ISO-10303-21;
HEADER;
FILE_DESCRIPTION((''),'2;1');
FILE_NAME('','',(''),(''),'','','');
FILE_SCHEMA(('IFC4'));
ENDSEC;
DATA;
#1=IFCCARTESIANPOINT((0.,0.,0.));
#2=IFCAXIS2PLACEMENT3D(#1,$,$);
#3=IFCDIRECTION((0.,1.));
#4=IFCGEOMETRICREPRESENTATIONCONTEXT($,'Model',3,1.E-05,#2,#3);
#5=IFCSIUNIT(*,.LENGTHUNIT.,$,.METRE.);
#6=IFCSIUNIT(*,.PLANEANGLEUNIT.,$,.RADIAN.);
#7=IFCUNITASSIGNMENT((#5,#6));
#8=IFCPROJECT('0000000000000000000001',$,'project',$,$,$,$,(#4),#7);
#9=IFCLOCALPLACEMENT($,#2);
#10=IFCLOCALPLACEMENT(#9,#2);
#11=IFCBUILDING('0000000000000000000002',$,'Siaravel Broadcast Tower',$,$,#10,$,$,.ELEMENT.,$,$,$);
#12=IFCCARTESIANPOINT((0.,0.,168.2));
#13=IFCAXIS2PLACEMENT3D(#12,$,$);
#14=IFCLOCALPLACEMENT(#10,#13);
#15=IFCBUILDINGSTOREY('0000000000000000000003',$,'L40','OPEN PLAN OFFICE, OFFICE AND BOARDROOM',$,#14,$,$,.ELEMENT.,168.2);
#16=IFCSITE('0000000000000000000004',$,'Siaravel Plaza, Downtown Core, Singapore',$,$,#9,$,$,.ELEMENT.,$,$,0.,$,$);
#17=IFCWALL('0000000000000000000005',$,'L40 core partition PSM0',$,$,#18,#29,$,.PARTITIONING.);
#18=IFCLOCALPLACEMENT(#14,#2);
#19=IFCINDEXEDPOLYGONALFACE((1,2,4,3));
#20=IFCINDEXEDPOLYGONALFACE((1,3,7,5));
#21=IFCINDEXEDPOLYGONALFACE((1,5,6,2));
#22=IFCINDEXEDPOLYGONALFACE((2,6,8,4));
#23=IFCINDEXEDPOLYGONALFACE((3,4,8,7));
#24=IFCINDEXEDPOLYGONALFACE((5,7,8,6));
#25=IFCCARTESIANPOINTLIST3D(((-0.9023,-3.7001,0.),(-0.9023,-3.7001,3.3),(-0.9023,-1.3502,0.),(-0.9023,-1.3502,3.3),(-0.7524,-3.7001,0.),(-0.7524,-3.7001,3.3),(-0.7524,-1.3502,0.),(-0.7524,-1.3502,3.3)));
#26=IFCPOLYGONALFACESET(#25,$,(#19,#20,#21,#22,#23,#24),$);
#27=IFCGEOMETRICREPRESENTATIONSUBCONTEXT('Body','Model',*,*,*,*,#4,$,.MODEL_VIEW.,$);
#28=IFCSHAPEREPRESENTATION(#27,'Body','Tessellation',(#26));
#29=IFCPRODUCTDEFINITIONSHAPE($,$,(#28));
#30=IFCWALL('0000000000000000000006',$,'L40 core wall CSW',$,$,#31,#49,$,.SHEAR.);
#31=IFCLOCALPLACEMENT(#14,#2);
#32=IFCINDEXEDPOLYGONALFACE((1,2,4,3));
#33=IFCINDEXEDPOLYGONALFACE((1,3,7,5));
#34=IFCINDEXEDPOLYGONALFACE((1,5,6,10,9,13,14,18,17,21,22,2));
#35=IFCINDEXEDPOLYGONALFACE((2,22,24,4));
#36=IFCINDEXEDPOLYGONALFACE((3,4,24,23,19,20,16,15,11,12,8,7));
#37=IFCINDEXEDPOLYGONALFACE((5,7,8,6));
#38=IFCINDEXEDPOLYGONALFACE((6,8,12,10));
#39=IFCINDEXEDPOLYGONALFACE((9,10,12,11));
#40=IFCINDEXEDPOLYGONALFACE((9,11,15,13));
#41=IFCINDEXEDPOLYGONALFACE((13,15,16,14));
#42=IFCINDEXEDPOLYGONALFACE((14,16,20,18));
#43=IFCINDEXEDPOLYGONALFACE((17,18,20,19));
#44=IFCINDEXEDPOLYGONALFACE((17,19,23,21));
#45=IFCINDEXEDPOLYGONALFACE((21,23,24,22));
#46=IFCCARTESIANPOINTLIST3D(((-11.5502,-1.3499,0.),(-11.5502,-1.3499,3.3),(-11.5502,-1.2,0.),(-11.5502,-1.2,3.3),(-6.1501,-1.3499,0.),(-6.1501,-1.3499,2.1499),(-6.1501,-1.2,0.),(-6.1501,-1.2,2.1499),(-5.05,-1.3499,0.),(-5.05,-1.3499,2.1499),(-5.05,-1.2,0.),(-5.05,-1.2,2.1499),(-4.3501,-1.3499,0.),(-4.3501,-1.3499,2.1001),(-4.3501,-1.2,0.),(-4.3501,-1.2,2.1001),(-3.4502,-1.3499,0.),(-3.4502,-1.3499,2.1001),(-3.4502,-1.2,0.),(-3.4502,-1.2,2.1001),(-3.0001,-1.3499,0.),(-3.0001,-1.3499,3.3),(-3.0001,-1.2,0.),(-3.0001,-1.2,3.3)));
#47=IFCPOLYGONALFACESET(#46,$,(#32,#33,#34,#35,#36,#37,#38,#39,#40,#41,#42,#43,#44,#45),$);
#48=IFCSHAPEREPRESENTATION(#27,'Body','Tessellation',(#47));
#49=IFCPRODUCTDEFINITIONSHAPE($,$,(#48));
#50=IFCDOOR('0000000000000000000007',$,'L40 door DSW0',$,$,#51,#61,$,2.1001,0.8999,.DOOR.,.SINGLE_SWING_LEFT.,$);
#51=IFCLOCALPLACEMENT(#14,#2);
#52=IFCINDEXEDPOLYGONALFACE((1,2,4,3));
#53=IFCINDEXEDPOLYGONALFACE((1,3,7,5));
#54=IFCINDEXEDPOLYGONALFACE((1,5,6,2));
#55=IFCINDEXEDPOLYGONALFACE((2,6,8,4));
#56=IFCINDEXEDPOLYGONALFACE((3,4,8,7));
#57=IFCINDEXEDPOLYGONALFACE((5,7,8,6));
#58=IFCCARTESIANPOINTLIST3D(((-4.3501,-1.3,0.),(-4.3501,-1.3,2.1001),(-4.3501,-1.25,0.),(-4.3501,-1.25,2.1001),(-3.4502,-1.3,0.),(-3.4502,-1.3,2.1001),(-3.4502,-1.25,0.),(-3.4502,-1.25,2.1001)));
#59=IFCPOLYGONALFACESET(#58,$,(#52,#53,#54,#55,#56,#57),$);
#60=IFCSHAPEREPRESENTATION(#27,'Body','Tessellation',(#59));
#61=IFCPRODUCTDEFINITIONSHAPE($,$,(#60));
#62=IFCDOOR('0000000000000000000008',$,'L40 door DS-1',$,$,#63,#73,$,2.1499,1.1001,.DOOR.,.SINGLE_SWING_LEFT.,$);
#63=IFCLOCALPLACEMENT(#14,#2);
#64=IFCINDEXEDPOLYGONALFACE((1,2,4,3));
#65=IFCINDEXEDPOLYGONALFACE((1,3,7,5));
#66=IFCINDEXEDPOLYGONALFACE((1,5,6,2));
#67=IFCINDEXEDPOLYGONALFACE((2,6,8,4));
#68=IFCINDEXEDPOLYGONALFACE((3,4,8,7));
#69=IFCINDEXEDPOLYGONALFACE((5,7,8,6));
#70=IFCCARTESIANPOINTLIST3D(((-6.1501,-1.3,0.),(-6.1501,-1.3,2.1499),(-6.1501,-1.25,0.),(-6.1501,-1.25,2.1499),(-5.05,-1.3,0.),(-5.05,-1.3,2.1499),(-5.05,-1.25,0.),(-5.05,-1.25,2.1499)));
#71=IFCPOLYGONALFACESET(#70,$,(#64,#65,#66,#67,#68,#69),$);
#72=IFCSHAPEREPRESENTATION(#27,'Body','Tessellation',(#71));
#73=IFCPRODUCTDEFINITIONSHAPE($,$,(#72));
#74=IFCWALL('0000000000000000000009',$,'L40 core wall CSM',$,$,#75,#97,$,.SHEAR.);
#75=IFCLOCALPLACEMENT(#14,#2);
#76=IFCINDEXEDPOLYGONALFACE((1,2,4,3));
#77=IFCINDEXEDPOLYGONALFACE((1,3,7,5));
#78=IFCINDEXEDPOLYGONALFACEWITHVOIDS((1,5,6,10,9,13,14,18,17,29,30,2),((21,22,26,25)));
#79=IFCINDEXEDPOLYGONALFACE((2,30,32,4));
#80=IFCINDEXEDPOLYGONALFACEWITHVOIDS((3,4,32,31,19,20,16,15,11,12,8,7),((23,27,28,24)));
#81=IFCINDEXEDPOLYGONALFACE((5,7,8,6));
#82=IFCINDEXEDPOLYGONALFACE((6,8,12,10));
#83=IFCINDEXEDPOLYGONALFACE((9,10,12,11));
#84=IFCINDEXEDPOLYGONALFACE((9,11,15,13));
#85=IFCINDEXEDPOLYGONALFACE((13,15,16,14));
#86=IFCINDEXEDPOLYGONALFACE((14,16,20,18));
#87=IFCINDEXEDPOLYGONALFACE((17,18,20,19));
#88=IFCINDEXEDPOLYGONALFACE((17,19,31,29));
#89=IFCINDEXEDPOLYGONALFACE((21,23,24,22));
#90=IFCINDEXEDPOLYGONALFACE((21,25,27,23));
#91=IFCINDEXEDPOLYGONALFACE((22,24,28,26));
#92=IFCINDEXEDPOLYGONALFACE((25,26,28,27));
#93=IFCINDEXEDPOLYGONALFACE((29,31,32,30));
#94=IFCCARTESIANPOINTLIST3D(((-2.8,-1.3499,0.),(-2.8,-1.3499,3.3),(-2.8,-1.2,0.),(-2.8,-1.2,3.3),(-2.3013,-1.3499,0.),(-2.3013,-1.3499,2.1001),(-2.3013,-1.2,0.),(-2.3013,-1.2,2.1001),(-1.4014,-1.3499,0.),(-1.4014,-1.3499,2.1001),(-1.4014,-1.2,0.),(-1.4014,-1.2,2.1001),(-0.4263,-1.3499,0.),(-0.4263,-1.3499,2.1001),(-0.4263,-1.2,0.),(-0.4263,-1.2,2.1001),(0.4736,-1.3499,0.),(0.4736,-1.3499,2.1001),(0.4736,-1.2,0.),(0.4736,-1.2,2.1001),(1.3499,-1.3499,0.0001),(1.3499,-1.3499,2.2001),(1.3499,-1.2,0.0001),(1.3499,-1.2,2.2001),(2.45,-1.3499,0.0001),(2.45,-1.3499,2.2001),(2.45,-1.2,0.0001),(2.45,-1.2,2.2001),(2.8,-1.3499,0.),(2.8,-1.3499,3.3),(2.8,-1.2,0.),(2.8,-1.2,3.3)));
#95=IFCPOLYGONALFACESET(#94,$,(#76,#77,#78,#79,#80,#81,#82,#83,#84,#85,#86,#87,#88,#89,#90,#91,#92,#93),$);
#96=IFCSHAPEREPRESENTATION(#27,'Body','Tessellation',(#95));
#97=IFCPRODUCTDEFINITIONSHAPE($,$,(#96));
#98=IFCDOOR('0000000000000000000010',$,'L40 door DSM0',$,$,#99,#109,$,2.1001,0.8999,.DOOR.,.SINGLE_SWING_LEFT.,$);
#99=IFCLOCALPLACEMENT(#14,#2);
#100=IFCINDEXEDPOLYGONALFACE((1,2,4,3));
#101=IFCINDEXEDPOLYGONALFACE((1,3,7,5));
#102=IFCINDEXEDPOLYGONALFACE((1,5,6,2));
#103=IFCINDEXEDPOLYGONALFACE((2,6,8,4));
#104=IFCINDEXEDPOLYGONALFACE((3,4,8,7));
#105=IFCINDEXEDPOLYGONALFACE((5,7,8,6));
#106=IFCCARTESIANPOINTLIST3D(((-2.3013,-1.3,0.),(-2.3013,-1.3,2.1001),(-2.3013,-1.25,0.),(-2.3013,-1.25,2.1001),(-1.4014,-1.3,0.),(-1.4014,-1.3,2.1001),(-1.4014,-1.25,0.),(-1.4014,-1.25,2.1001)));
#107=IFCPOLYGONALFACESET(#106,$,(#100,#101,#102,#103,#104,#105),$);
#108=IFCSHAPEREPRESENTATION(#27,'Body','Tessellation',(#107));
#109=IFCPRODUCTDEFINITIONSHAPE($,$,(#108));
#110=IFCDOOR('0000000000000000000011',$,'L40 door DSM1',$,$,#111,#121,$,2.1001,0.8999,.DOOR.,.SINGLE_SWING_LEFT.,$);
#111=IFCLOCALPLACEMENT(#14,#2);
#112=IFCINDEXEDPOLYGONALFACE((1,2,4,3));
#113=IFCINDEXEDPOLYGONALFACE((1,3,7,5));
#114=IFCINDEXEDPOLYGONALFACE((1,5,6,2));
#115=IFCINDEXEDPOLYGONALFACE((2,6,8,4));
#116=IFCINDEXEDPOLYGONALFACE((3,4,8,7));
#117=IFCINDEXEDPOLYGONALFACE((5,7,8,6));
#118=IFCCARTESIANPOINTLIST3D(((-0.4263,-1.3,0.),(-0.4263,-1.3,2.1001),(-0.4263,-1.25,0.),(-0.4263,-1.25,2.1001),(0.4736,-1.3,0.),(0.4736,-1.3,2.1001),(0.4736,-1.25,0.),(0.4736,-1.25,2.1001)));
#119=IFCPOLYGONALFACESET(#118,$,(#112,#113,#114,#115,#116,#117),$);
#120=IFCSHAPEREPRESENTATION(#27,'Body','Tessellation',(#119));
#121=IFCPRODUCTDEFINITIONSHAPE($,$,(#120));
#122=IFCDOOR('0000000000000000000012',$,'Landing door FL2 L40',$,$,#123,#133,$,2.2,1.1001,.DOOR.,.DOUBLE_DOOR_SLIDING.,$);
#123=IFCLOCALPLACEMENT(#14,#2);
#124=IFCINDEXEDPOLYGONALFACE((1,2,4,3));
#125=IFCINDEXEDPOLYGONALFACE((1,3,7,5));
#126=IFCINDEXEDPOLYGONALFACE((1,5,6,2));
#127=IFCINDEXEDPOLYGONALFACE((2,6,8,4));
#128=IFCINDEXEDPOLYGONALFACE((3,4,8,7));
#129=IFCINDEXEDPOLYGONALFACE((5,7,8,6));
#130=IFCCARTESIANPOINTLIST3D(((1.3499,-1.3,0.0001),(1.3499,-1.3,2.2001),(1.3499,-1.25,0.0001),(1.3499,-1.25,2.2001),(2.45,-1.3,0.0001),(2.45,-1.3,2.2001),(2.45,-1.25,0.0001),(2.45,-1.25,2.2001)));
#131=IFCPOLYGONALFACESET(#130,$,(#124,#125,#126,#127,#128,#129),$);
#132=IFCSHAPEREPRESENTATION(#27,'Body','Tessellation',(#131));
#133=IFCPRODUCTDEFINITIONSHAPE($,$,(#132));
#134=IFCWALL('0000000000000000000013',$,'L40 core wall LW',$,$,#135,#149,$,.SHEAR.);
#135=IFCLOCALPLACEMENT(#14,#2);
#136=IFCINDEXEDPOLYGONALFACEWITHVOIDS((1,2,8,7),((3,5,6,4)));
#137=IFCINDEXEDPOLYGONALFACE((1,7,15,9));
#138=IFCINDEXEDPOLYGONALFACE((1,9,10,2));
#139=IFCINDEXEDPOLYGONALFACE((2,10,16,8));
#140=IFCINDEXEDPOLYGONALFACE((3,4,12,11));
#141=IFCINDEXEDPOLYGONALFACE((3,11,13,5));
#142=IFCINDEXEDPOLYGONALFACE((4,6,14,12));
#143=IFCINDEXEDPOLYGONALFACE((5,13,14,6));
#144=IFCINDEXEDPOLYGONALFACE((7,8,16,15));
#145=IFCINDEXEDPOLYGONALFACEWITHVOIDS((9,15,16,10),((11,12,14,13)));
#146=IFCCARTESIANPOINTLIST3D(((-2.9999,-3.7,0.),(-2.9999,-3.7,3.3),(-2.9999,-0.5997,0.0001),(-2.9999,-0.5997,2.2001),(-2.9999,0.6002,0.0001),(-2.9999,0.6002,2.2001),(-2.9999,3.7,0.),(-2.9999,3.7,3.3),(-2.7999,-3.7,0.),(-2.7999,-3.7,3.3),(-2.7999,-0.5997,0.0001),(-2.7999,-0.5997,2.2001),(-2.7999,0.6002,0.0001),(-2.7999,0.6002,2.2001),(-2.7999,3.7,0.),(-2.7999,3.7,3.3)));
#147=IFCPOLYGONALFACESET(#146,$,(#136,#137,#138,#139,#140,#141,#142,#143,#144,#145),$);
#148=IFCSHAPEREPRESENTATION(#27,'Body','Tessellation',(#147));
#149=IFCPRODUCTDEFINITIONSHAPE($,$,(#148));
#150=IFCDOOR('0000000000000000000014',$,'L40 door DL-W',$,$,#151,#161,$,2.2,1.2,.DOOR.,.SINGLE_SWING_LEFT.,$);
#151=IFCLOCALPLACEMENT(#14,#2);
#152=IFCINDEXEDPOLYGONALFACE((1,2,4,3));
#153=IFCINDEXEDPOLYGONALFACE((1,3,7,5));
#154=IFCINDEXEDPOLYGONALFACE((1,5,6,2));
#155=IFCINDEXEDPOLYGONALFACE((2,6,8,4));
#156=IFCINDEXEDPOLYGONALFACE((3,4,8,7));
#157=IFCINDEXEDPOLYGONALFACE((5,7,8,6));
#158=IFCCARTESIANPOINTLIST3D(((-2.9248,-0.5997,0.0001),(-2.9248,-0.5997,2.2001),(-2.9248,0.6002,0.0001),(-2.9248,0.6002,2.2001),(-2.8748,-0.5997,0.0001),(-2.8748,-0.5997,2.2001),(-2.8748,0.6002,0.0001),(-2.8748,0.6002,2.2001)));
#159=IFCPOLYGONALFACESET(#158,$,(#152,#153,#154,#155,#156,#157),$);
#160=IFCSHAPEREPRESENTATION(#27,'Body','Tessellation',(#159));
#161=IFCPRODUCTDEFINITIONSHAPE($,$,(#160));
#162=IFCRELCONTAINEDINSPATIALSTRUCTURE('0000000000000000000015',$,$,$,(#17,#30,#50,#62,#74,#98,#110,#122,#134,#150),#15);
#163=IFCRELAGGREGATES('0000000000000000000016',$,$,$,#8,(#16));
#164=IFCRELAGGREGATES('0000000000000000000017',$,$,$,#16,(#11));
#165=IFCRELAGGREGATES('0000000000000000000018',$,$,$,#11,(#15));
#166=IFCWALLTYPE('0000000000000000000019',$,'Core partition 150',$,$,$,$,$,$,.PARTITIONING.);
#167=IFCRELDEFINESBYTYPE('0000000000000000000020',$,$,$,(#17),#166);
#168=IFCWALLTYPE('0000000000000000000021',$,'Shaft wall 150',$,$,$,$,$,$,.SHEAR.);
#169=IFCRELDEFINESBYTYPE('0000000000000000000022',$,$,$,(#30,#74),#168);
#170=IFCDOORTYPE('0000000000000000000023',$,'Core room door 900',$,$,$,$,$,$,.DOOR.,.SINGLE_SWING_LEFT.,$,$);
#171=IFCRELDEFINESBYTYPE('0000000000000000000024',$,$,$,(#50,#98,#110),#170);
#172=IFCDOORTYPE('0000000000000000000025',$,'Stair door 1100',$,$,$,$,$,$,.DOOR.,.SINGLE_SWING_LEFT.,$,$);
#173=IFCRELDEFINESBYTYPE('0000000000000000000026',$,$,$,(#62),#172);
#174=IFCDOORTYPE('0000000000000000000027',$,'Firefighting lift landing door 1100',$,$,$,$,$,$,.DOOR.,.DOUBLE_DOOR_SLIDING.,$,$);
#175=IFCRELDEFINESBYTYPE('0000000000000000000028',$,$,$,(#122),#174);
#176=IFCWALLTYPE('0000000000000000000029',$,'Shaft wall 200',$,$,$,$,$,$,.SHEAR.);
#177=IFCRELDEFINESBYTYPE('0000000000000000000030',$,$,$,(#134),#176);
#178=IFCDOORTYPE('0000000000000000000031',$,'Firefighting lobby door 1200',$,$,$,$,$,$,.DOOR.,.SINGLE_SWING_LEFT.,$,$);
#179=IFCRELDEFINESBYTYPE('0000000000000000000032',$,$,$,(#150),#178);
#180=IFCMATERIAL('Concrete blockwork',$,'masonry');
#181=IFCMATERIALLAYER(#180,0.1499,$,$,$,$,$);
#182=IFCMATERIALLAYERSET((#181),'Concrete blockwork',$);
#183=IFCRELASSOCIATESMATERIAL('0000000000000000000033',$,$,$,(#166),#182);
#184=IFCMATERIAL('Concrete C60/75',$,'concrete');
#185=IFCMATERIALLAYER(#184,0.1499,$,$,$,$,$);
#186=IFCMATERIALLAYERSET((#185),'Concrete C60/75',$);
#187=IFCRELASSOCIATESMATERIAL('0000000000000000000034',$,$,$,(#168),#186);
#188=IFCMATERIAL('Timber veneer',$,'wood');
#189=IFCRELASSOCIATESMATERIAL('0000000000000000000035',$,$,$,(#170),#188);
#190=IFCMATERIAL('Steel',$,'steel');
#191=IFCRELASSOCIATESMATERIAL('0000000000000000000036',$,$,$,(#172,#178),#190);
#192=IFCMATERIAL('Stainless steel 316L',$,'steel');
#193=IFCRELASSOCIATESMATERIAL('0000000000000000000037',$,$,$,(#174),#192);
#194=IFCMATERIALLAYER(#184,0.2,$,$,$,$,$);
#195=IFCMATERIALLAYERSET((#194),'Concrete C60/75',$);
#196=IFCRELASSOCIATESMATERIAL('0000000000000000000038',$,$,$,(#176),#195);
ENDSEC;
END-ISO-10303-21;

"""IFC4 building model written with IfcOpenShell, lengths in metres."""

from ifc_helpers import new_model, si_unit, direction, frame, frame_2d, origin, place, context, subcontext, project, spatial, rectangle, extrude, material, layer, layer_set, type_object, element, fill, save


model = new_model("IFC4")

# Units and contexts
model_context = context("Model", 3, precision=1e-05, world=origin(), true_north=direction((0.0, 1.0)))
body_context = subcontext(model_context, "Body", "Model", "MODEL_VIEW")
ifc_project = project(units=[si_unit("LENGTHUNIT", "METRE"), si_unit("PLANEANGLEUNIT", "RADIAN")], contexts=[model_context])

# Site, building, storey
site_placement = place(None, origin())
site = spatial("IfcSite", under=ifc_project, at=site_placement, Name="Siaravel Plaza, Downtown Core, Singapore", CompositionType="ELEMENT", RefElevation=0.0)
building_placement = place(site_placement, origin())
building = spatial("IfcBuilding", under=site, at=building_placement, Name="Siaravel Broadcast Tower", CompositionType="ELEMENT")
storey_placement = place(building_placement, frame((0.0, 0.0, 168.2)))
storey = spatial("IfcBuildingStorey", under=building, at=storey_placement, Name="L40", Description="OPEN PLAN OFFICE, OFFICE AND BOARDROOM", CompositionType="ELEMENT", Elevation=168.2)

# Wall
ifc_material_1 = material(Name="Concrete blockwork", Category="masonry")
ifc_layer_1 = layer(ifc_material_1, 0.1499)
ifc_layer_set_1 = layer_set([ifc_layer_1], Name="Concrete blockwork")
wall_type_1 = type_object("IfcWallType", Name="Core partition 150", PredefinedType="PARTITIONING", material=ifc_layer_set_1)
wall_1_placement = place(storey_placement, frame((-0.8274, -3.7, 0.0), z_axis=(0.0, 0.0, 1.0), x_axis=(0.0, 1.0, 0.0)))
element("IfcWall", 1, at=wall_1_placement, inside=storey, type_object=wall_type_1, Name="L40 core partition PSM0", PredefinedType="PARTITIONING", context=body_context, shape_type="SweptSolid", body=[
    extrude(rectangle(XDim=2.3499, YDim=0.1499, at=frame_2d((1.1748, 0.0))), origin(), (0.0, 0.0, 1.0), 3.3),
])

# Walls, openings, doors
ifc_material_2 = material(Name="Concrete C60/75", Category="concrete")
ifc_layer_2 = layer(ifc_material_2, 0.1499)
ifc_layer_set_2 = layer_set([ifc_layer_2], Name="Concrete C60/75")
wall_type_2 = type_object("IfcWallType", Name="Shaft wall 150", PredefinedType="SHEAR", material=ifc_layer_set_2)
wall_2_placement = place(storey_placement, frame((-11.55, -1.2749, 0.0), z_axis=(0.0, 0.0, 1.0), x_axis=(1.0, 0.0, 0.0)))
wall_2 = element("IfcWall", 2, at=wall_2_placement, inside=storey, type_object=wall_type_2, Name="L40 core wall CSW", PredefinedType="SHEAR", context=body_context, shape_type="SweptSolid", body=[
    extrude(rectangle(XDim=8.55, YDim=0.1499, at=frame_2d((4.2749, 0.0))), origin(), (0.0, 0.0, 1.0), 3.3),
])
opening_1_placement = place(wall_2_placement, frame((5.3999, 0.0, 0.0)))
opening_1 = element("IfcOpeningElement", 3, at=opening_1_placement, cuts=wall_2, PredefinedType="OPENING", context=body_context, shape_type="SweptSolid", body=[
    extrude(rectangle(XDim=1.1001, YDim=2.1499, at=frame_2d((0.55, 1.075))), frame((0.0, 0.085, 0.0), z_axis=(0.0, -1.0, 0.0), x_axis=(1.0, 0.0, 0.0)), (0.0, 0.0, 1.0), 0.1699),
])
opening_2_placement = place(wall_2_placement, frame((7.2, 0.0, 0.0)))
opening_2 = element("IfcOpeningElement", 4, at=opening_2_placement, cuts=wall_2, PredefinedType="OPENING", context=body_context, shape_type="SweptSolid", body=[
    extrude(rectangle(XDim=0.8999, YDim=2.1001, at=frame_2d((0.45, 1.05))), frame((0.0, 0.085, 0.0), z_axis=(0.0, -1.0, 0.0), x_axis=(1.0, 0.0, 0.0)), (0.0, 0.0, 1.0), 0.1699),
])
ifc_material_3 = material(Name="Timber veneer", Category="wood")
door_type_1 = type_object("IfcDoorType", Name="Core room door 900", OperationType="SINGLE_SWING_LEFT", PredefinedType="DOOR", material=ifc_material_3)
door_1_placement = place(opening_2_placement, origin())
door_1 = element("IfcDoor", 5, at=door_1_placement, inside=storey, type_object=door_type_1, Name="L40 door DSW0", OperationType="SINGLE_SWING_LEFT", OverallHeight=2.1001, OverallWidth=0.8999, PredefinedType="DOOR", context=body_context, shape_type="SweptSolid", body=[
    extrude(rectangle(XDim=0.8999, YDim=2.1001, at=frame_2d((0.45, 1.05))), frame((0.0, 0.0249, 0.0), z_axis=(0.0, -1.0, 0.0), x_axis=(1.0, 0.0, 0.0)), (0.0, 0.0, 1.0), 0.05),
])
fill(opening_2, door_1)
ifc_material_4 = material(Name="Steel", Category="steel")
door_type_2 = type_object("IfcDoorType", Name="Stair door 1100", OperationType="SINGLE_SWING_LEFT", PredefinedType="DOOR", material=ifc_material_4)
door_2_placement = place(opening_1_placement, origin())
door_2 = element("IfcDoor", 6, at=door_2_placement, inside=storey, type_object=door_type_2, Name="L40 door DS-1", OperationType="SINGLE_SWING_LEFT", OverallHeight=2.1499, OverallWidth=1.1001, PredefinedType="DOOR", context=body_context, shape_type="SweptSolid", body=[
    extrude(rectangle(XDim=1.1001, YDim=2.1499, at=frame_2d((0.55, 1.075))), frame((0.0, 0.0249, 0.0), z_axis=(0.0, -1.0, 0.0), x_axis=(1.0, 0.0, 0.0)), (0.0, 0.0, 1.0), 0.05),
])
fill(opening_1, door_2)
wall_3_placement = place(storey_placement, frame((-2.8, -1.2749, 0.0), z_axis=(0.0, 0.0, 1.0), x_axis=(1.0, 0.0, 0.0)))
wall_3 = element("IfcWall", 7, at=wall_3_placement, inside=storey, type_object=wall_type_2, Name="L40 core wall CSM", PredefinedType="SHEAR", context=body_context, shape_type="SweptSolid", body=[
    extrude(rectangle(XDim=5.6001, YDim=0.1499, at=frame_2d((2.8, 0.0))), origin(), (0.0, 0.0, 1.0), 3.3),
])
opening_3_placement = place(wall_3_placement, frame((4.1499, 0.0, 0.0)))
opening_3 = element("IfcOpeningElement", 8, at=opening_3_placement, cuts=wall_3, PredefinedType="OPENING", context=body_context, shape_type="SweptSolid", body=[
    extrude(rectangle(XDim=1.1001, YDim=2.2, at=frame_2d((0.55, 1.1001))), frame((0.0, 0.085, 0.0), z_axis=(0.0, -1.0, 0.0), x_axis=(1.0, 0.0, 0.0)), (0.0, 0.0, 1.0), 0.1699),
])
opening_4_placement = place(wall_3_placement, frame((0.4988, 0.0, 0.0)))
opening_4 = element("IfcOpeningElement", 9, at=opening_4_placement, cuts=wall_3, PredefinedType="OPENING", context=body_context, shape_type="SweptSolid", body=[
    extrude(rectangle(XDim=0.8999, YDim=2.1001, at=frame_2d((0.45, 1.05))), frame((0.0, 0.085, 0.0), z_axis=(0.0, -1.0, 0.0), x_axis=(1.0, 0.0, 0.0)), (0.0, 0.0, 1.0), 0.1699),
])
opening_5_placement = place(wall_3_placement, frame((2.3738, 0.0, 0.0)))
opening_5 = element("IfcOpeningElement", 10, at=opening_5_placement, cuts=wall_3, PredefinedType="OPENING", context=body_context, shape_type="SweptSolid", body=[
    extrude(rectangle(XDim=0.8999, YDim=2.1001, at=frame_2d((0.45, 1.05))), frame((0.0, 0.085, 0.0), z_axis=(0.0, -1.0, 0.0), x_axis=(1.0, 0.0, 0.0)), (0.0, 0.0, 1.0), 0.1699),
])
door_3_placement = place(opening_4_placement, origin())
door_3 = element("IfcDoor", 11, at=door_3_placement, inside=storey, type_object=door_type_1, Name="L40 door DSM0", OperationType="SINGLE_SWING_LEFT", OverallHeight=2.1001, OverallWidth=0.8999, PredefinedType="DOOR", context=body_context, shape_type="SweptSolid", body=[
    extrude(rectangle(XDim=0.8999, YDim=2.1001, at=frame_2d((0.45, 1.05))), frame((0.0, 0.0249, 0.0), z_axis=(0.0, -1.0, 0.0), x_axis=(1.0, 0.0, 0.0)), (0.0, 0.0, 1.0), 0.05),
])
fill(opening_4, door_3)
door_4_placement = place(opening_5_placement, origin())
door_4 = element("IfcDoor", 12, at=door_4_placement, inside=storey, type_object=door_type_1, Name="L40 door DSM1", OperationType="SINGLE_SWING_LEFT", OverallHeight=2.1001, OverallWidth=0.8999, PredefinedType="DOOR", context=body_context, shape_type="SweptSolid", body=[
    extrude(rectangle(XDim=0.8999, YDim=2.1001, at=frame_2d((0.45, 1.05))), frame((0.0, 0.0249, 0.0), z_axis=(0.0, -1.0, 0.0), x_axis=(1.0, 0.0, 0.0)), (0.0, 0.0, 1.0), 0.05),
])
fill(opening_5, door_4)
ifc_material_5 = material(Name="Stainless steel 316L", Category="steel")
door_type_3 = type_object("IfcDoorType", Name="Firefighting lift landing door 1100", OperationType="DOUBLE_DOOR_SLIDING", PredefinedType="DOOR", material=ifc_material_5)
door_5_placement = place(opening_3_placement, origin())
door_5 = element("IfcDoor", 13, at=door_5_placement, inside=storey, type_object=door_type_3, Name="Landing door FL2 L40", OperationType="DOUBLE_DOOR_SLIDING", OverallHeight=2.2, OverallWidth=1.1001, PredefinedType="DOOR", context=body_context, shape_type="SweptSolid", body=[
    extrude(rectangle(XDim=1.1001, YDim=2.2, at=frame_2d((0.55, 1.1001))), frame((0.0, 0.0249, 0.0), z_axis=(0.0, -1.0, 0.0), x_axis=(1.0, 0.0, 0.0)), (0.0, 0.0, 1.0), 0.05),
])
fill(opening_3, door_5)

# Wall, opening, door
ifc_layer_3 = layer(ifc_material_2, 0.2)
ifc_layer_set_3 = layer_set([ifc_layer_3], Name="Concrete C60/75")
wall_type_3 = type_object("IfcWallType", Name="Shaft wall 200", PredefinedType="SHEAR", material=ifc_layer_set_3)
wall_4_placement = place(storey_placement, frame((-2.8999, -3.7, 0.0), z_axis=(0.0, 0.0, 1.0), x_axis=(0.0, 1.0, 0.0)))
wall_4 = element("IfcWall", 14, at=wall_4_placement, inside=storey, type_object=wall_type_3, Name="L40 core wall LW", PredefinedType="SHEAR", context=body_context, shape_type="SweptSolid", body=[
    extrude(rectangle(XDim=7.3999, YDim=0.2, at=frame_2d((3.7, 0.0))), origin(), (0.0, 0.0, 1.0), 3.3),
])
opening_6_placement = place(wall_4_placement, frame((3.1001, 0.0, 0.0)))
opening_6 = element("IfcOpeningElement", 15, at=opening_6_placement, cuts=wall_4, PredefinedType="OPENING", context=body_context, shape_type="SweptSolid", body=[
    extrude(rectangle(XDim=1.2, YDim=2.2, at=frame_2d((0.6001, 1.1001))), frame((0.0, 0.1099, 0.0), z_axis=(0.0, -1.0, 0.0), x_axis=(1.0, 0.0, 0.0)), (0.0, 0.0, 1.0), 0.22),
])
door_type_4 = type_object("IfcDoorType", Name="Firefighting lobby door 1200", OperationType="SINGLE_SWING_LEFT", PredefinedType="DOOR", material=ifc_material_4)
door_6_placement = place(opening_6_placement, origin())
door_6 = element("IfcDoor", 16, at=door_6_placement, inside=storey, type_object=door_type_4, Name="L40 door DL-W", OperationType="SINGLE_SWING_LEFT", OverallHeight=2.2, OverallWidth=1.2, PredefinedType="DOOR", context=body_context, shape_type="SweptSolid", body=[
    extrude(rectangle(XDim=1.2, YDim=2.2, at=frame_2d((0.6001, 1.1001))), frame((0.0, 0.0249, 0.0), z_axis=(0.0, -1.0, 0.0), x_axis=(1.0, 0.0, 0.0)), (0.0, 0.0, 1.0), 0.05),
])
fill(opening_6, door_6)

save(model, "model.ifc")
